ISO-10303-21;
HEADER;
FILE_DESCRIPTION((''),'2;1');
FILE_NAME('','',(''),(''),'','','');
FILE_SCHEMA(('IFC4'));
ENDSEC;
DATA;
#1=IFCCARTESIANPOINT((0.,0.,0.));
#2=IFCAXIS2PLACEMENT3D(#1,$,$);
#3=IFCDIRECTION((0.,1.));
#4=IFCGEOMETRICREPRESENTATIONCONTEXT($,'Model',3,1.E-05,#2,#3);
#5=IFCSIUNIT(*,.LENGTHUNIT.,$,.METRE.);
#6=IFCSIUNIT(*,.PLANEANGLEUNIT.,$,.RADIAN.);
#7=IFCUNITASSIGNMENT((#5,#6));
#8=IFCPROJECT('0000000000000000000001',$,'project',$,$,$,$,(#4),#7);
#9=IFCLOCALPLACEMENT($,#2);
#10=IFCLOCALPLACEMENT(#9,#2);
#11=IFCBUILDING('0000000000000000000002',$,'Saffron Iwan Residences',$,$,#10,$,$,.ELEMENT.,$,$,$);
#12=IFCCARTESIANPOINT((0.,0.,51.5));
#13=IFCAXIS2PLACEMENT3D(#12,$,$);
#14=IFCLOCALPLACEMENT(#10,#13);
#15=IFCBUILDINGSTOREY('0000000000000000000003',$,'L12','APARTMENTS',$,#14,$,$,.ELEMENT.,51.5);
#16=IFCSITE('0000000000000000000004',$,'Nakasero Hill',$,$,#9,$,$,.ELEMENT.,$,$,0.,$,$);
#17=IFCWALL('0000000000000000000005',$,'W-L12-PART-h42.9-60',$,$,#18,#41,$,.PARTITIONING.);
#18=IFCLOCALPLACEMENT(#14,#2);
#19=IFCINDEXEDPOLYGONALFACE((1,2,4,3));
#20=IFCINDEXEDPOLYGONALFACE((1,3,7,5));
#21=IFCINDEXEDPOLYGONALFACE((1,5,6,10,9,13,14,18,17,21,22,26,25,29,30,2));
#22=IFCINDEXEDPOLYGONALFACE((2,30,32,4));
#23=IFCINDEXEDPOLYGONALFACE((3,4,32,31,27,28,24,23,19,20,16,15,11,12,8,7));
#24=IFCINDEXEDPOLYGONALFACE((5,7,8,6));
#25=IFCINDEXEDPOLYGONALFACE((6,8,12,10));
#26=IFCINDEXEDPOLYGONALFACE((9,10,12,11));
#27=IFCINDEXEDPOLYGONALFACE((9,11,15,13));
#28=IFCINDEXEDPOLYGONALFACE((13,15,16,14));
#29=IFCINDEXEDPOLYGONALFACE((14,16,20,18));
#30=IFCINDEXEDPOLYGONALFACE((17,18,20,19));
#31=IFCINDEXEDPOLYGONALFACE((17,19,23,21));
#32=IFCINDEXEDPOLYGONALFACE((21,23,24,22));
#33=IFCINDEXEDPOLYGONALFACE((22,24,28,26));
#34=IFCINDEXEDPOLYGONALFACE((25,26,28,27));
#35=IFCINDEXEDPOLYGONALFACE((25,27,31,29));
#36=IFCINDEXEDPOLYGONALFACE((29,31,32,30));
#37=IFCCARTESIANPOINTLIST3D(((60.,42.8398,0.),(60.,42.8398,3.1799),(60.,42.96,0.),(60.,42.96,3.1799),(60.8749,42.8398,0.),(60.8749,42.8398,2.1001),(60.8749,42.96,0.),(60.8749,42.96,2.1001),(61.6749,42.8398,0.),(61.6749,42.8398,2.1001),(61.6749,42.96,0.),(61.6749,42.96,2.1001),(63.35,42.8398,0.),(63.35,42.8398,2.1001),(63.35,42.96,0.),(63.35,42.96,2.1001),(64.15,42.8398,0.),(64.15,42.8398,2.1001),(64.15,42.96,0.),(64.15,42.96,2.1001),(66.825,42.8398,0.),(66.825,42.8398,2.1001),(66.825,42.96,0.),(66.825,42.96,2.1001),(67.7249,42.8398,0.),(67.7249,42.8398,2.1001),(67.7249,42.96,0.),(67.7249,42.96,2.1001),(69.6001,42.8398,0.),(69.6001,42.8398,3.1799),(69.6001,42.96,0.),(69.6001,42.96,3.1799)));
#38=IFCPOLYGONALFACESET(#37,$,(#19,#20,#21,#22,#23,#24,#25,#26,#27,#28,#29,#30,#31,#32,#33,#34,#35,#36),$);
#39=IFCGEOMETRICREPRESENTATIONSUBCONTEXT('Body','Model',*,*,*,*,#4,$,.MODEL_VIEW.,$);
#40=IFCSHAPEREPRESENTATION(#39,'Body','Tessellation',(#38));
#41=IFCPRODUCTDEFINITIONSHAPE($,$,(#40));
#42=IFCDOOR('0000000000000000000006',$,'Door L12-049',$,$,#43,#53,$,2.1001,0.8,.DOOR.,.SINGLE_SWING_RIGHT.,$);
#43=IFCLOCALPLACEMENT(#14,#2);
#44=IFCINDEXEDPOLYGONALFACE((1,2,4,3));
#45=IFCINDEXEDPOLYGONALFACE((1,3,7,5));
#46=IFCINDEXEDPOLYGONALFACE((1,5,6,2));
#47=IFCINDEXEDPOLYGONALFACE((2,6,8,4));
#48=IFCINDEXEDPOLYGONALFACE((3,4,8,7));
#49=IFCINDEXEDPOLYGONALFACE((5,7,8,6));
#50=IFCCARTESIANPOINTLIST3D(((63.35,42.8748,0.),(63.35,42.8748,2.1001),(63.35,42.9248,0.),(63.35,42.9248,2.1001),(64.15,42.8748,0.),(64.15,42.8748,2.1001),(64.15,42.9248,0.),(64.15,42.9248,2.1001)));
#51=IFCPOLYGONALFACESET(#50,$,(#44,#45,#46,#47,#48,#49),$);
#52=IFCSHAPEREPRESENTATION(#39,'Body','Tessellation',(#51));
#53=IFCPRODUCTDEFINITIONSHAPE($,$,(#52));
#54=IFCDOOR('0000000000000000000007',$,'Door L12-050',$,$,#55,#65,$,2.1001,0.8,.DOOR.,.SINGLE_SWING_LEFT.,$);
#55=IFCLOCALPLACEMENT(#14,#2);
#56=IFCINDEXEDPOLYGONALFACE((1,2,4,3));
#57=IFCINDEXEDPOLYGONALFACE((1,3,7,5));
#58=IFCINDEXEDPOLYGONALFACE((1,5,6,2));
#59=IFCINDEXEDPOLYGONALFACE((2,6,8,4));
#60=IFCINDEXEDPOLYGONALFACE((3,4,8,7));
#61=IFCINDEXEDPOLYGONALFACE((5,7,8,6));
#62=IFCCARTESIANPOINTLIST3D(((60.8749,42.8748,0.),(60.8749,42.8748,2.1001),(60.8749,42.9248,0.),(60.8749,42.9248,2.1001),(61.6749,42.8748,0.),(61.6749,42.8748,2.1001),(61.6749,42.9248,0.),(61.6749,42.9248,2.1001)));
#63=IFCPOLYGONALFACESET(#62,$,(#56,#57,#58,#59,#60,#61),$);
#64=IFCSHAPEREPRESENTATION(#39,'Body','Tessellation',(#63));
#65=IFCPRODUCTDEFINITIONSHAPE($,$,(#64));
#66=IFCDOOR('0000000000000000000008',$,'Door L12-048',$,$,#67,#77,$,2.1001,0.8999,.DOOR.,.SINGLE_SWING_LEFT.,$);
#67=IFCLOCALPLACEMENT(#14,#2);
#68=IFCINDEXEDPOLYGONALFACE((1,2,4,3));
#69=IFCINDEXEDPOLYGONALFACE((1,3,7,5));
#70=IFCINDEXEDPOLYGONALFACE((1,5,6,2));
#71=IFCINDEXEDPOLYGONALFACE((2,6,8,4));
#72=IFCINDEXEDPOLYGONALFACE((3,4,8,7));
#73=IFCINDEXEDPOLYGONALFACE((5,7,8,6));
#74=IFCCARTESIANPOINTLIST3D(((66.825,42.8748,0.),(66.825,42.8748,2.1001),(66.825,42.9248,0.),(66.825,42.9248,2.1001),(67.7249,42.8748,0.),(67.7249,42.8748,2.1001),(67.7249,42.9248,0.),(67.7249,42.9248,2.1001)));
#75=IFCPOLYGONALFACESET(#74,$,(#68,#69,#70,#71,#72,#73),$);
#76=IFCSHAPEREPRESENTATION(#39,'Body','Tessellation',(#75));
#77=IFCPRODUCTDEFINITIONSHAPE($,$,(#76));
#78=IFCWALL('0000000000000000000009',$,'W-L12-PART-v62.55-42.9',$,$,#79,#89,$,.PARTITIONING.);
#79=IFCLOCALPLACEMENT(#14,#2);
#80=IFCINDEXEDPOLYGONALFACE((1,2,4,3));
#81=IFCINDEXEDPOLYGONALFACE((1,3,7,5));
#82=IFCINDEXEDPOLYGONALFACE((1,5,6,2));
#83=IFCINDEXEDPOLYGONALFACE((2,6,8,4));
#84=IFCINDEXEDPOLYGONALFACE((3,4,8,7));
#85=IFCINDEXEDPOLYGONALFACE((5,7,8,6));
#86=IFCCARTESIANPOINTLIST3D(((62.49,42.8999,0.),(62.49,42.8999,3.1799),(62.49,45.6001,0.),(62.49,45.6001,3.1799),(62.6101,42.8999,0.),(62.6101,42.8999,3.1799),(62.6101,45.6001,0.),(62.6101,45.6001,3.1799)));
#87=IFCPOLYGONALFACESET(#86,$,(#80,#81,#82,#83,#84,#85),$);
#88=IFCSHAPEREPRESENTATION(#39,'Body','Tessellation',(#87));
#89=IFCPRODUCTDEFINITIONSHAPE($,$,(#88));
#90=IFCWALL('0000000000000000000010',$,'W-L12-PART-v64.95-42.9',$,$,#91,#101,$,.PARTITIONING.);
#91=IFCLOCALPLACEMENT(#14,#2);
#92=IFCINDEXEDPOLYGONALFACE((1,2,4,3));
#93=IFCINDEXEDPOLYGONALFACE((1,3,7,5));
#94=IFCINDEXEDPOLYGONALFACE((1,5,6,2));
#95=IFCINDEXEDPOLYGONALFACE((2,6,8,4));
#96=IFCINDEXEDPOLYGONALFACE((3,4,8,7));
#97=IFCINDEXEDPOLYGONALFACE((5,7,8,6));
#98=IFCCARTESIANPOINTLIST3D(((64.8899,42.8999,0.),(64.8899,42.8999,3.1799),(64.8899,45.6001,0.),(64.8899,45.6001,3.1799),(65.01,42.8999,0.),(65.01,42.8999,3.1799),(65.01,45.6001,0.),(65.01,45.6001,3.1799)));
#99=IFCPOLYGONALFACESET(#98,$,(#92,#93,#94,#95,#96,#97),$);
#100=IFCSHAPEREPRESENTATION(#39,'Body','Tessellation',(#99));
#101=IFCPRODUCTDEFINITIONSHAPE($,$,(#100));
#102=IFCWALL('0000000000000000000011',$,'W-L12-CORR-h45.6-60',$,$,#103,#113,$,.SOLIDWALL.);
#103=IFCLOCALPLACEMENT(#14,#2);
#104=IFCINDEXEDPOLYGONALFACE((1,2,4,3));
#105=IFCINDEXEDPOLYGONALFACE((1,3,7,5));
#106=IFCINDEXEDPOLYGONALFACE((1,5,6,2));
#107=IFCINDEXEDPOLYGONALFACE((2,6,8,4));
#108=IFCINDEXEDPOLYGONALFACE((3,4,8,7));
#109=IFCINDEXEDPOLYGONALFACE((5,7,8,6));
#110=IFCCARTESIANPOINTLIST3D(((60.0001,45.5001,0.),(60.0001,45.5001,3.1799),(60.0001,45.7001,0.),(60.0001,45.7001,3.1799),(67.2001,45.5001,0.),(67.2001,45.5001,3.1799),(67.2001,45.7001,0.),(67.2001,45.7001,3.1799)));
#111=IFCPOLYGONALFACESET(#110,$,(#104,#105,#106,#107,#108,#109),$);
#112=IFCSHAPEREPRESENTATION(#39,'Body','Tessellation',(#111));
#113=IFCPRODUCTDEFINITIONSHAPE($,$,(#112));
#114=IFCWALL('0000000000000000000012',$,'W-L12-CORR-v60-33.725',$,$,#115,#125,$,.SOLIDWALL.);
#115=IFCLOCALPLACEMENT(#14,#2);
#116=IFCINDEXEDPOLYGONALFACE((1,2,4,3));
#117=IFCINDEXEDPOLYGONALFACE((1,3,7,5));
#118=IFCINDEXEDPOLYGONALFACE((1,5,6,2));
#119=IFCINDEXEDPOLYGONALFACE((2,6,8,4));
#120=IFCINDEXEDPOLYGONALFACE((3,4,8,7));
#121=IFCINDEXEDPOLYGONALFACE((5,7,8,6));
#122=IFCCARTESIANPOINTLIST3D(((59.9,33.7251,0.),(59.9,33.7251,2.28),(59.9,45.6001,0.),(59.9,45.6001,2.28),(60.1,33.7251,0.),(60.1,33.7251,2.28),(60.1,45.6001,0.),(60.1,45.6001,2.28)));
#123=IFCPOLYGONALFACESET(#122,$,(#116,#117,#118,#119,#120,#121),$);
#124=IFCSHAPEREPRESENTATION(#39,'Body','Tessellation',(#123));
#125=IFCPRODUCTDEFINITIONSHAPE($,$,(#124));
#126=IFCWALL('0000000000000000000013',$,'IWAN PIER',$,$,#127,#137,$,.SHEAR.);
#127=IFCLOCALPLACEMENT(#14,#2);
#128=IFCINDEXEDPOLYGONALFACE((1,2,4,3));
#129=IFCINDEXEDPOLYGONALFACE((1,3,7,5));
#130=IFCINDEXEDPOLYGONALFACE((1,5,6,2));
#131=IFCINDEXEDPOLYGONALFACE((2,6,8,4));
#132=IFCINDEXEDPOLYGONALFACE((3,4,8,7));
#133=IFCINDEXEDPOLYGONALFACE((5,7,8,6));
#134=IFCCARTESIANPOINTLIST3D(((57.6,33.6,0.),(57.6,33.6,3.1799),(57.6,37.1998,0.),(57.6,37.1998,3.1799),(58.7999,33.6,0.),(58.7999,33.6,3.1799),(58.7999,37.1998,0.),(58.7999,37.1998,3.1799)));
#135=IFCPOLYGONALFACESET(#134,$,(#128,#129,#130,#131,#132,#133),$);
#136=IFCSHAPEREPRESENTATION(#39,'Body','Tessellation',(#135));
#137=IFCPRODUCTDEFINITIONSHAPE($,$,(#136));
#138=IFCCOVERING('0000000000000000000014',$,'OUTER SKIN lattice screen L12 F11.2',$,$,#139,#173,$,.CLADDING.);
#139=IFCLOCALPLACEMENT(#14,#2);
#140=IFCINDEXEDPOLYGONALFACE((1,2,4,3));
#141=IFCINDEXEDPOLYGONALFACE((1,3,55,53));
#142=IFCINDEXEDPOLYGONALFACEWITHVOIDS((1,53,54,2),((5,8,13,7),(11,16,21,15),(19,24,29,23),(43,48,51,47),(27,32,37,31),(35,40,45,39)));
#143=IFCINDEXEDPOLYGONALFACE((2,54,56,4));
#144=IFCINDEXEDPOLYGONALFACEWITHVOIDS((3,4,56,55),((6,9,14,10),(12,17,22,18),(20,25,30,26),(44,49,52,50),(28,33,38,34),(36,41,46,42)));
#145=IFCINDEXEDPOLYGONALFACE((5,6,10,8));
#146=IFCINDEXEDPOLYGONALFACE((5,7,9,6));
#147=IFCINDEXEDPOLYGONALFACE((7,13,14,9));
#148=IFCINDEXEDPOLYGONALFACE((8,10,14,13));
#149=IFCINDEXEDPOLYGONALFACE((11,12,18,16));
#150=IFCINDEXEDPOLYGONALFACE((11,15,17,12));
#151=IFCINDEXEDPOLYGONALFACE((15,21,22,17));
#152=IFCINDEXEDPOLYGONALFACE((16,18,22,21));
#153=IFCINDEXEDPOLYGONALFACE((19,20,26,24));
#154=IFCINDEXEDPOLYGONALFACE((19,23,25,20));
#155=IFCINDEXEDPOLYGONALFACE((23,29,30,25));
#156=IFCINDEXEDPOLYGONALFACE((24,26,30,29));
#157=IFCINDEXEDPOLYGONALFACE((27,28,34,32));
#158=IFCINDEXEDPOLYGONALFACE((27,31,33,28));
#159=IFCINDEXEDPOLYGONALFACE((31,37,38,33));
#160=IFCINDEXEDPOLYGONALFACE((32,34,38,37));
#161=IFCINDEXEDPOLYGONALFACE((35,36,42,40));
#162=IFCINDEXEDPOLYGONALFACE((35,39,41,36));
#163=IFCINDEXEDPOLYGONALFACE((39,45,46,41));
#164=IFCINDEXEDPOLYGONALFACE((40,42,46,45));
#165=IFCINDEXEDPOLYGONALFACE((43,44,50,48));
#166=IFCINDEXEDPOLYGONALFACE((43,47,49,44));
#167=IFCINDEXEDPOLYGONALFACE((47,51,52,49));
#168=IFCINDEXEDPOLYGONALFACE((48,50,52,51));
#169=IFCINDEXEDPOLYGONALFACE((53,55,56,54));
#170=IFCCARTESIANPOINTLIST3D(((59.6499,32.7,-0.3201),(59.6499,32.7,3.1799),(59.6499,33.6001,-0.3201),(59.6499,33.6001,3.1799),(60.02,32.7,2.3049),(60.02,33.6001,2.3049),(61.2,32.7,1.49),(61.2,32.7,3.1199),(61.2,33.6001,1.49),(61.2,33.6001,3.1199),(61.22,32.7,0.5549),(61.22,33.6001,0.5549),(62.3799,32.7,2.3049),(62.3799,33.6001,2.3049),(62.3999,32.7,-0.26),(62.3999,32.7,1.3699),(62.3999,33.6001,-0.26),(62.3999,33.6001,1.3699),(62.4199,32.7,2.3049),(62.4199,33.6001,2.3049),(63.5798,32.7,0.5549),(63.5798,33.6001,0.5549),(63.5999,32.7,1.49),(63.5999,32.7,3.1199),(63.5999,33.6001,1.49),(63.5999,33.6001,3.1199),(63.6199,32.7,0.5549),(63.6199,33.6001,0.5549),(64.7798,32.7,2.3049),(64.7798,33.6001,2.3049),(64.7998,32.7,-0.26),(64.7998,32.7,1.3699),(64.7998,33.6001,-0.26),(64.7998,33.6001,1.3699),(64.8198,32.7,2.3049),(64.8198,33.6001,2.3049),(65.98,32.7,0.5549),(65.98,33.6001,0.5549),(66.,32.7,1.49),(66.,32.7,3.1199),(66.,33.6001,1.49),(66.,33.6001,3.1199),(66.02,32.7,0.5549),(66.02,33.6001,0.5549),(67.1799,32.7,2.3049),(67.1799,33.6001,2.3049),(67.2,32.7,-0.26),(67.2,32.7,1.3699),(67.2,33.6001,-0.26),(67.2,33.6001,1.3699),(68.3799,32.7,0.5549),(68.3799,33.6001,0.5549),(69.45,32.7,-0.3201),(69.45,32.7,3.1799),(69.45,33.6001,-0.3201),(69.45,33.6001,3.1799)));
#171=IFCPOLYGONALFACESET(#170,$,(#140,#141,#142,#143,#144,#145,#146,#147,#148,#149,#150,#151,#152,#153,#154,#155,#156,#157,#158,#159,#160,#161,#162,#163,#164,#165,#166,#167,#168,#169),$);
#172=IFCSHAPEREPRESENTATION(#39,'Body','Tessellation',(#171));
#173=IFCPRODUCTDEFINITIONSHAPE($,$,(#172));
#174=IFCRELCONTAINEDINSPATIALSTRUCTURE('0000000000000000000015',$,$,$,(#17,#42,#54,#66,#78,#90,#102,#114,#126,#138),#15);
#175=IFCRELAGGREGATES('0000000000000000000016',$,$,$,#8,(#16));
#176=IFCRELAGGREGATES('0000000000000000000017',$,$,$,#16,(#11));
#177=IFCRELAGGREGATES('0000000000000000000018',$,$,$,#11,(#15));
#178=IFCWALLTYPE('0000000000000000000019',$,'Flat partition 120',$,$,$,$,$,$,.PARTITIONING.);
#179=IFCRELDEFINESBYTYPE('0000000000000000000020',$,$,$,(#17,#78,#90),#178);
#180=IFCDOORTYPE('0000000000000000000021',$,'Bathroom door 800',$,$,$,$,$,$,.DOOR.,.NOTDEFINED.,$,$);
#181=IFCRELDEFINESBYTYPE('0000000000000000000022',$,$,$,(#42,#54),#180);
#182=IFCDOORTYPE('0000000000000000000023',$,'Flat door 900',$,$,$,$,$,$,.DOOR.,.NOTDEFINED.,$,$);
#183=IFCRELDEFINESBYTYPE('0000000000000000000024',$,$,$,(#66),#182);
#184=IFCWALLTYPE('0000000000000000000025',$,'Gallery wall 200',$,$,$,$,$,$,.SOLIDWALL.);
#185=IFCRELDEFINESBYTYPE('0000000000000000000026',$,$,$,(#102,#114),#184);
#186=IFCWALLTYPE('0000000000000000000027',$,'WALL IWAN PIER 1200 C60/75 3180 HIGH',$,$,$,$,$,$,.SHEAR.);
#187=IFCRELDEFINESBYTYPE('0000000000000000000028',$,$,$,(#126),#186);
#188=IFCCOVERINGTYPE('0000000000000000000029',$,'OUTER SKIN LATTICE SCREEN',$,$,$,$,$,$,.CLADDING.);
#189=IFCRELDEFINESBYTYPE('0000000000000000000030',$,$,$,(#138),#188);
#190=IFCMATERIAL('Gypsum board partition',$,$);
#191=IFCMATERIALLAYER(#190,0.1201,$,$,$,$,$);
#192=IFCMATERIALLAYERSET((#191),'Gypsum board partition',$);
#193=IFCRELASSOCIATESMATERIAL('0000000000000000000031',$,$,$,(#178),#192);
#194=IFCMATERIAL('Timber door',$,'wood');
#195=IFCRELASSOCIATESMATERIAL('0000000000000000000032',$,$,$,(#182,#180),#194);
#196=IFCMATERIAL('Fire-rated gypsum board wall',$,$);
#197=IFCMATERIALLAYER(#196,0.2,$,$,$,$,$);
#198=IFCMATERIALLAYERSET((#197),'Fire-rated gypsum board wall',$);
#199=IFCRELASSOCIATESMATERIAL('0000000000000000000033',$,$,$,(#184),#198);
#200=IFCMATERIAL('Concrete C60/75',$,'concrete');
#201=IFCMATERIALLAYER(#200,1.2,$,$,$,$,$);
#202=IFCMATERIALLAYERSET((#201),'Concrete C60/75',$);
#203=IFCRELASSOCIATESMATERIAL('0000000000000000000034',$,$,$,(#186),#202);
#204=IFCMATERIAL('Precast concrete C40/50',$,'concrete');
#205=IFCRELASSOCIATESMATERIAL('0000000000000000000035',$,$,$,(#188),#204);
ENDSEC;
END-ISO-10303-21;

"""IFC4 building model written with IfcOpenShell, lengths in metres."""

from ifc_helpers import new_model, si_unit, direction, frame, frame_2d, origin, place, context, subcontext, project, spatial, polyline, rectangle, outline, extrude, material, layer, layer_set, type_object, element, fill, save


model = new_model("IFC4")

# Units and contexts
model_context = context("Model", 3, precision=1e-05, world=origin(), true_north=direction((0.0, 1.0)))
body_context = subcontext(model_context, "Body", "Model", "MODEL_VIEW")
ifc_project = project(units=[si_unit("LENGTHUNIT", "METRE"), si_unit("PLANEANGLEUNIT", "RADIAN")], contexts=[model_context])

# Site, building, storey
site_placement = place(None, origin())
site = spatial("IfcSite", under=ifc_project, at=site_placement, Name="Nakasero Hill", CompositionType="ELEMENT", RefElevation=0.0)
building_placement = place(site_placement, origin())
building = spatial("IfcBuilding", under=site, at=building_placement, Name="Saffron Iwan Residences", CompositionType="ELEMENT")
storey_placement = place(building_placement, frame((0.0, 0.0, 51.5)))
storey = spatial("IfcBuildingStorey", under=building, at=storey_placement, Name="L12", Description="APARTMENTS", CompositionType="ELEMENT", Elevation=51.5)

# Shared definitions
ifc_material_1 = material(Name="Concrete C60/75", Category="concrete")

# Wall, openings, doors
ifc_material_2 = material(Name="Gypsum board partition")
ifc_layer_1 = layer(ifc_material_2, 0.1201)
ifc_layer_set_1 = layer_set([ifc_layer_1], Name="Gypsum board partition")
wall_type_1 = type_object("IfcWallType", Name="Flat partition 120", PredefinedType="PARTITIONING", material=ifc_layer_set_1)
ifc_material_3 = material(Name="Timber door", Category="wood")
door_type_1 = type_object("IfcDoorType", Name="Flat door 900", OperationType="NOTDEFINED", PredefinedType="DOOR", material=ifc_material_3)
wall_1_placement = place(storey_placement, frame((60.0, 42.8999, 0.0), z_axis=(0.0, 0.0, 1.0), x_axis=(1.0, 0.0, 0.0)))
wall_1 = element("IfcWall", 1, at=wall_1_placement, inside=storey, type_object=wall_type_1, Name="W-L12-PART-h42.9-60", PredefinedType="PARTITIONING", context=body_context, shape_type="SweptSolid", body=[
    extrude(rectangle(XDim=9.6001, YDim=0.1201, at=frame_2d((4.8, 0.0))), origin(), (0.0, 0.0, 1.0), 3.1799),
])
opening_1_placement = place(wall_1_placement, frame((6.825, 0.0, 0.0)))
opening_1 = element("IfcOpeningElement", 2, at=opening_1_placement, cuts=wall_1, PredefinedType="OPENING", context=body_context, shape_type="SweptSolid", body=[
    extrude(rectangle(XDim=0.8999, YDim=2.1001, at=frame_2d((0.45, 1.05))), frame((0.0, 0.0701, 0.0), z_axis=(0.0, -1.0, 0.0), x_axis=(1.0, 0.0, 0.0)), (0.0, 0.0, 1.0), 0.1401),
])
opening_2_placement = place(wall_1_placement, frame((3.3501, 0.0, 0.0)))
opening_2 = element("IfcOpeningElement", 3, at=opening_2_placement, cuts=wall_1, PredefinedType="OPENING", context=body_context, shape_type="SweptSolid", body=[
    extrude(rectangle(XDim=0.8, YDim=2.1001, at=frame_2d((0.3999, 1.05))), frame((0.0, 0.0701, 0.0), z_axis=(0.0, -1.0, 0.0), x_axis=(1.0, 0.0, 0.0)), (0.0, 0.0, 1.0), 0.1401),
])
opening_3_placement = place(wall_1_placement, frame((0.875, 0.0, 0.0)))
opening_3 = element("IfcOpeningElement", 4, at=opening_3_placement, cuts=wall_1, PredefinedType="OPENING", context=body_context, shape_type="SweptSolid", body=[
    extrude(rectangle(XDim=0.8, YDim=2.1001, at=frame_2d((0.3999, 1.05))), frame((0.0, 0.0701, 0.0), z_axis=(0.0, -1.0, 0.0), x_axis=(1.0, 0.0, 0.0)), (0.0, 0.0, 1.0), 0.1401),
])
door_type_2 = type_object("IfcDoorType", Name="Bathroom door 800", OperationType="NOTDEFINED", PredefinedType="DOOR", material=ifc_material_3)
door_1_placement = place(opening_2_placement, origin())
door_1 = element("IfcDoor", 5, at=door_1_placement, inside=storey, type_object=door_type_2, Name="Door L12-049", OperationType="SINGLE_SWING_RIGHT", OverallHeight=2.1001, OverallWidth=0.8, PredefinedType="DOOR", context=body_context, shape_type="SweptSolid", body=[
    extrude(rectangle(XDim=0.8, YDim=2.1001, at=frame_2d((0.3999, 1.05))), frame((0.0, 0.0249, 0.0), z_axis=(0.0, -1.0, 0.0), x_axis=(1.0, 0.0, 0.0)), (0.0, 0.0, 1.0), 0.05),
])
fill(opening_2, door_1)
door_2_placement = place(opening_3_placement, origin())
door_2 = element("IfcDoor", 6, at=door_2_placement, inside=storey, type_object=door_type_2, Name="Door L12-050", OperationType="SINGLE_SWING_LEFT", OverallHeight=2.1001, OverallWidth=0.8, PredefinedType="DOOR", context=body_context, shape_type="SweptSolid", body=[
    extrude(rectangle(XDim=0.8, YDim=2.1001, at=frame_2d((0.3999, 1.05))), frame((0.0, 0.0249, 0.0), z_axis=(0.0, -1.0, 0.0), x_axis=(1.0, 0.0, 0.0)), (0.0, 0.0, 1.0), 0.05),
])
fill(opening_3, door_2)
door_3_placement = place(opening_1_placement, origin())
door_3 = element("IfcDoor", 7, at=door_3_placement, inside=storey, type_object=door_type_1, Name="Door L12-048", OperationType="SINGLE_SWING_LEFT", OverallHeight=2.1001, OverallWidth=0.8999, PredefinedType="DOOR", context=body_context, shape_type="SweptSolid", body=[
    extrude(rectangle(XDim=0.8999, YDim=2.1001, at=frame_2d((0.45, 1.05))), frame((0.0, 0.0249, 0.0), z_axis=(0.0, -1.0, 0.0), x_axis=(1.0, 0.0, 0.0)), (0.0, 0.0, 1.0), 0.05),
])
fill(opening_1, door_3)

# Walls
for number, where, z_axis, x_axis, name in (
    (8, (62.55, 42.8999, 0.0), (0.0, 0.0, 1.0), (0.0, 1.0, 0.0), "W-L12-PART-v62.55-42.9"),
    (9, (64.95, 42.8999, 0.0), (0.0, 0.0, 1.0), (0.0, 1.0, 0.0), "W-L12-PART-v64.95-42.9"),
):
    element("IfcWall", number, at=place(storey_placement, frame(where, z_axis=z_axis, x_axis=x_axis)), inside=storey, type_object=wall_type_1, Name=name, PredefinedType="PARTITIONING", context=body_context, shape_type="SweptSolid", body=[
        extrude(rectangle(XDim=2.7002, YDim=0.1201, at=frame_2d((1.3501, 0.0))), origin(), (0.0, 0.0, 1.0), 3.1799),
    ])
ifc_material_4 = material(Name="Fire-rated gypsum board wall")
ifc_layer_2 = layer(ifc_material_4, 0.2)
ifc_layer_set_2 = layer_set([ifc_layer_2], Name="Fire-rated gypsum board wall")
wall_type_2 = type_object("IfcWallType", Name="Gallery wall 200", PredefinedType="SOLIDWALL", material=ifc_layer_set_2)
wall_2_placement = place(storey_placement, frame((60.0, 45.6001, 0.0), z_axis=(0.0, 0.0, 1.0), x_axis=(1.0, 0.0, 0.0)))
element("IfcWall", 10, at=wall_2_placement, inside=storey, type_object=wall_type_2, Name="W-L12-CORR-h45.6-60", PredefinedType="SOLIDWALL", context=body_context, shape_type="SweptSolid", body=[
    extrude(rectangle(XDim=7.2, YDim=0.2, at=frame_2d((3.6001, 0.0))), origin(), (0.0, 0.0, 1.0), 3.1799),
])
wall_3_placement = place(storey_placement, frame((60.0, 33.7251, 0.0), z_axis=(0.0, 0.0, 1.0), x_axis=(0.0, 1.0, 0.0)))
element("IfcWall", 11, at=wall_3_placement, inside=storey, type_object=wall_type_2, Name="W-L12-CORR-v60-33.725", PredefinedType="SOLIDWALL", context=body_context, shape_type="SweptSolid", body=[
    extrude(rectangle(XDim=11.875, YDim=0.2, at=frame_2d((5.9375, 0.0))), origin(), (0.0, 0.0, 1.0), 2.28),
])
ifc_layer_3 = layer(ifc_material_1, 1.2)
ifc_layer_set_3 = layer_set([ifc_layer_3], Name="Concrete C60/75")
wall_type_3 = type_object("IfcWallType", Name="WALL IWAN PIER 1200 C60/75 3180 HIGH", PredefinedType="SHEAR", material=ifc_layer_set_3)
wall_4_placement = place(storey_placement, frame((58.2, 33.6001, 0.0), z_axis=(0.0, 0.0, 1.0), x_axis=(0.0, 1.0, 0.0)))
element("IfcWall", 12, at=wall_4_placement, inside=storey, type_object=wall_type_3, Name="IWAN PIER", PredefinedType="SHEAR", context=body_context, shape_type="SweptSolid", body=[
    extrude(rectangle(XDim=3.5999, YDim=1.2, at=frame_2d((1.7998, 0.0))), origin(), (0.0, 0.0, 1.0), 3.1799),
])

# Covering
ifc_material_5 = material(Name="Precast concrete C40/50", Category="concrete")
covering_type = type_object("IfcCoveringType", Name="OUTER SKIN LATTICE SCREEN", PredefinedType="CLADDING", material=ifc_material_5)
covering_placement = place(storey_placement, frame((59.6499, 33.6001, -0.3201), z_axis=(0.0, -1.0, 0.0), x_axis=(1.0, 0.0, 0.0)))
element("IfcCovering", 13, at=covering_placement, inside=storey, type_object=covering_type, Name="OUTER SKIN lattice screen L12 F11.2", PredefinedType="CLADDING", context=body_context, shape_type="SweptSolid", body=[
    extrude(outline(polyline([(0.0, 0.0), (9.8, 0.0), (9.8, 3.5), (0.0, 3.5), (0.0, 0.0)]), holes=[polyline([(1.5701, 0.875), (2.75, 0.0601), (3.9299, 0.875), (2.75, 1.6899), (1.5701, 0.875)]), polyline([(3.97, 0.875), (5.1499, 0.0601), (6.3301, 0.875), (5.1499, 1.6899), (3.97, 0.875)]), polyline([(6.3701, 0.875), (7.55, 0.0601), (8.73, 0.875), (7.55, 1.6899), (6.3701, 0.875)]), polyline([(0.3701, 2.625), (1.55, 1.8101), (2.73, 2.625), (1.55, 3.4399), (0.3701, 2.625)]), polyline([(2.77, 2.625), (3.95, 1.8101), (5.1299, 2.625), (3.95, 3.4399), (2.77, 2.625)]), polyline([(5.1699, 2.625), (6.3501, 1.8101), (7.53, 2.625), (6.3501, 3.4399), (5.1699, 2.625)])]), origin(), (0.0, 0.0, 1.0), 0.9001),
])

save(model, "model.ifc")
